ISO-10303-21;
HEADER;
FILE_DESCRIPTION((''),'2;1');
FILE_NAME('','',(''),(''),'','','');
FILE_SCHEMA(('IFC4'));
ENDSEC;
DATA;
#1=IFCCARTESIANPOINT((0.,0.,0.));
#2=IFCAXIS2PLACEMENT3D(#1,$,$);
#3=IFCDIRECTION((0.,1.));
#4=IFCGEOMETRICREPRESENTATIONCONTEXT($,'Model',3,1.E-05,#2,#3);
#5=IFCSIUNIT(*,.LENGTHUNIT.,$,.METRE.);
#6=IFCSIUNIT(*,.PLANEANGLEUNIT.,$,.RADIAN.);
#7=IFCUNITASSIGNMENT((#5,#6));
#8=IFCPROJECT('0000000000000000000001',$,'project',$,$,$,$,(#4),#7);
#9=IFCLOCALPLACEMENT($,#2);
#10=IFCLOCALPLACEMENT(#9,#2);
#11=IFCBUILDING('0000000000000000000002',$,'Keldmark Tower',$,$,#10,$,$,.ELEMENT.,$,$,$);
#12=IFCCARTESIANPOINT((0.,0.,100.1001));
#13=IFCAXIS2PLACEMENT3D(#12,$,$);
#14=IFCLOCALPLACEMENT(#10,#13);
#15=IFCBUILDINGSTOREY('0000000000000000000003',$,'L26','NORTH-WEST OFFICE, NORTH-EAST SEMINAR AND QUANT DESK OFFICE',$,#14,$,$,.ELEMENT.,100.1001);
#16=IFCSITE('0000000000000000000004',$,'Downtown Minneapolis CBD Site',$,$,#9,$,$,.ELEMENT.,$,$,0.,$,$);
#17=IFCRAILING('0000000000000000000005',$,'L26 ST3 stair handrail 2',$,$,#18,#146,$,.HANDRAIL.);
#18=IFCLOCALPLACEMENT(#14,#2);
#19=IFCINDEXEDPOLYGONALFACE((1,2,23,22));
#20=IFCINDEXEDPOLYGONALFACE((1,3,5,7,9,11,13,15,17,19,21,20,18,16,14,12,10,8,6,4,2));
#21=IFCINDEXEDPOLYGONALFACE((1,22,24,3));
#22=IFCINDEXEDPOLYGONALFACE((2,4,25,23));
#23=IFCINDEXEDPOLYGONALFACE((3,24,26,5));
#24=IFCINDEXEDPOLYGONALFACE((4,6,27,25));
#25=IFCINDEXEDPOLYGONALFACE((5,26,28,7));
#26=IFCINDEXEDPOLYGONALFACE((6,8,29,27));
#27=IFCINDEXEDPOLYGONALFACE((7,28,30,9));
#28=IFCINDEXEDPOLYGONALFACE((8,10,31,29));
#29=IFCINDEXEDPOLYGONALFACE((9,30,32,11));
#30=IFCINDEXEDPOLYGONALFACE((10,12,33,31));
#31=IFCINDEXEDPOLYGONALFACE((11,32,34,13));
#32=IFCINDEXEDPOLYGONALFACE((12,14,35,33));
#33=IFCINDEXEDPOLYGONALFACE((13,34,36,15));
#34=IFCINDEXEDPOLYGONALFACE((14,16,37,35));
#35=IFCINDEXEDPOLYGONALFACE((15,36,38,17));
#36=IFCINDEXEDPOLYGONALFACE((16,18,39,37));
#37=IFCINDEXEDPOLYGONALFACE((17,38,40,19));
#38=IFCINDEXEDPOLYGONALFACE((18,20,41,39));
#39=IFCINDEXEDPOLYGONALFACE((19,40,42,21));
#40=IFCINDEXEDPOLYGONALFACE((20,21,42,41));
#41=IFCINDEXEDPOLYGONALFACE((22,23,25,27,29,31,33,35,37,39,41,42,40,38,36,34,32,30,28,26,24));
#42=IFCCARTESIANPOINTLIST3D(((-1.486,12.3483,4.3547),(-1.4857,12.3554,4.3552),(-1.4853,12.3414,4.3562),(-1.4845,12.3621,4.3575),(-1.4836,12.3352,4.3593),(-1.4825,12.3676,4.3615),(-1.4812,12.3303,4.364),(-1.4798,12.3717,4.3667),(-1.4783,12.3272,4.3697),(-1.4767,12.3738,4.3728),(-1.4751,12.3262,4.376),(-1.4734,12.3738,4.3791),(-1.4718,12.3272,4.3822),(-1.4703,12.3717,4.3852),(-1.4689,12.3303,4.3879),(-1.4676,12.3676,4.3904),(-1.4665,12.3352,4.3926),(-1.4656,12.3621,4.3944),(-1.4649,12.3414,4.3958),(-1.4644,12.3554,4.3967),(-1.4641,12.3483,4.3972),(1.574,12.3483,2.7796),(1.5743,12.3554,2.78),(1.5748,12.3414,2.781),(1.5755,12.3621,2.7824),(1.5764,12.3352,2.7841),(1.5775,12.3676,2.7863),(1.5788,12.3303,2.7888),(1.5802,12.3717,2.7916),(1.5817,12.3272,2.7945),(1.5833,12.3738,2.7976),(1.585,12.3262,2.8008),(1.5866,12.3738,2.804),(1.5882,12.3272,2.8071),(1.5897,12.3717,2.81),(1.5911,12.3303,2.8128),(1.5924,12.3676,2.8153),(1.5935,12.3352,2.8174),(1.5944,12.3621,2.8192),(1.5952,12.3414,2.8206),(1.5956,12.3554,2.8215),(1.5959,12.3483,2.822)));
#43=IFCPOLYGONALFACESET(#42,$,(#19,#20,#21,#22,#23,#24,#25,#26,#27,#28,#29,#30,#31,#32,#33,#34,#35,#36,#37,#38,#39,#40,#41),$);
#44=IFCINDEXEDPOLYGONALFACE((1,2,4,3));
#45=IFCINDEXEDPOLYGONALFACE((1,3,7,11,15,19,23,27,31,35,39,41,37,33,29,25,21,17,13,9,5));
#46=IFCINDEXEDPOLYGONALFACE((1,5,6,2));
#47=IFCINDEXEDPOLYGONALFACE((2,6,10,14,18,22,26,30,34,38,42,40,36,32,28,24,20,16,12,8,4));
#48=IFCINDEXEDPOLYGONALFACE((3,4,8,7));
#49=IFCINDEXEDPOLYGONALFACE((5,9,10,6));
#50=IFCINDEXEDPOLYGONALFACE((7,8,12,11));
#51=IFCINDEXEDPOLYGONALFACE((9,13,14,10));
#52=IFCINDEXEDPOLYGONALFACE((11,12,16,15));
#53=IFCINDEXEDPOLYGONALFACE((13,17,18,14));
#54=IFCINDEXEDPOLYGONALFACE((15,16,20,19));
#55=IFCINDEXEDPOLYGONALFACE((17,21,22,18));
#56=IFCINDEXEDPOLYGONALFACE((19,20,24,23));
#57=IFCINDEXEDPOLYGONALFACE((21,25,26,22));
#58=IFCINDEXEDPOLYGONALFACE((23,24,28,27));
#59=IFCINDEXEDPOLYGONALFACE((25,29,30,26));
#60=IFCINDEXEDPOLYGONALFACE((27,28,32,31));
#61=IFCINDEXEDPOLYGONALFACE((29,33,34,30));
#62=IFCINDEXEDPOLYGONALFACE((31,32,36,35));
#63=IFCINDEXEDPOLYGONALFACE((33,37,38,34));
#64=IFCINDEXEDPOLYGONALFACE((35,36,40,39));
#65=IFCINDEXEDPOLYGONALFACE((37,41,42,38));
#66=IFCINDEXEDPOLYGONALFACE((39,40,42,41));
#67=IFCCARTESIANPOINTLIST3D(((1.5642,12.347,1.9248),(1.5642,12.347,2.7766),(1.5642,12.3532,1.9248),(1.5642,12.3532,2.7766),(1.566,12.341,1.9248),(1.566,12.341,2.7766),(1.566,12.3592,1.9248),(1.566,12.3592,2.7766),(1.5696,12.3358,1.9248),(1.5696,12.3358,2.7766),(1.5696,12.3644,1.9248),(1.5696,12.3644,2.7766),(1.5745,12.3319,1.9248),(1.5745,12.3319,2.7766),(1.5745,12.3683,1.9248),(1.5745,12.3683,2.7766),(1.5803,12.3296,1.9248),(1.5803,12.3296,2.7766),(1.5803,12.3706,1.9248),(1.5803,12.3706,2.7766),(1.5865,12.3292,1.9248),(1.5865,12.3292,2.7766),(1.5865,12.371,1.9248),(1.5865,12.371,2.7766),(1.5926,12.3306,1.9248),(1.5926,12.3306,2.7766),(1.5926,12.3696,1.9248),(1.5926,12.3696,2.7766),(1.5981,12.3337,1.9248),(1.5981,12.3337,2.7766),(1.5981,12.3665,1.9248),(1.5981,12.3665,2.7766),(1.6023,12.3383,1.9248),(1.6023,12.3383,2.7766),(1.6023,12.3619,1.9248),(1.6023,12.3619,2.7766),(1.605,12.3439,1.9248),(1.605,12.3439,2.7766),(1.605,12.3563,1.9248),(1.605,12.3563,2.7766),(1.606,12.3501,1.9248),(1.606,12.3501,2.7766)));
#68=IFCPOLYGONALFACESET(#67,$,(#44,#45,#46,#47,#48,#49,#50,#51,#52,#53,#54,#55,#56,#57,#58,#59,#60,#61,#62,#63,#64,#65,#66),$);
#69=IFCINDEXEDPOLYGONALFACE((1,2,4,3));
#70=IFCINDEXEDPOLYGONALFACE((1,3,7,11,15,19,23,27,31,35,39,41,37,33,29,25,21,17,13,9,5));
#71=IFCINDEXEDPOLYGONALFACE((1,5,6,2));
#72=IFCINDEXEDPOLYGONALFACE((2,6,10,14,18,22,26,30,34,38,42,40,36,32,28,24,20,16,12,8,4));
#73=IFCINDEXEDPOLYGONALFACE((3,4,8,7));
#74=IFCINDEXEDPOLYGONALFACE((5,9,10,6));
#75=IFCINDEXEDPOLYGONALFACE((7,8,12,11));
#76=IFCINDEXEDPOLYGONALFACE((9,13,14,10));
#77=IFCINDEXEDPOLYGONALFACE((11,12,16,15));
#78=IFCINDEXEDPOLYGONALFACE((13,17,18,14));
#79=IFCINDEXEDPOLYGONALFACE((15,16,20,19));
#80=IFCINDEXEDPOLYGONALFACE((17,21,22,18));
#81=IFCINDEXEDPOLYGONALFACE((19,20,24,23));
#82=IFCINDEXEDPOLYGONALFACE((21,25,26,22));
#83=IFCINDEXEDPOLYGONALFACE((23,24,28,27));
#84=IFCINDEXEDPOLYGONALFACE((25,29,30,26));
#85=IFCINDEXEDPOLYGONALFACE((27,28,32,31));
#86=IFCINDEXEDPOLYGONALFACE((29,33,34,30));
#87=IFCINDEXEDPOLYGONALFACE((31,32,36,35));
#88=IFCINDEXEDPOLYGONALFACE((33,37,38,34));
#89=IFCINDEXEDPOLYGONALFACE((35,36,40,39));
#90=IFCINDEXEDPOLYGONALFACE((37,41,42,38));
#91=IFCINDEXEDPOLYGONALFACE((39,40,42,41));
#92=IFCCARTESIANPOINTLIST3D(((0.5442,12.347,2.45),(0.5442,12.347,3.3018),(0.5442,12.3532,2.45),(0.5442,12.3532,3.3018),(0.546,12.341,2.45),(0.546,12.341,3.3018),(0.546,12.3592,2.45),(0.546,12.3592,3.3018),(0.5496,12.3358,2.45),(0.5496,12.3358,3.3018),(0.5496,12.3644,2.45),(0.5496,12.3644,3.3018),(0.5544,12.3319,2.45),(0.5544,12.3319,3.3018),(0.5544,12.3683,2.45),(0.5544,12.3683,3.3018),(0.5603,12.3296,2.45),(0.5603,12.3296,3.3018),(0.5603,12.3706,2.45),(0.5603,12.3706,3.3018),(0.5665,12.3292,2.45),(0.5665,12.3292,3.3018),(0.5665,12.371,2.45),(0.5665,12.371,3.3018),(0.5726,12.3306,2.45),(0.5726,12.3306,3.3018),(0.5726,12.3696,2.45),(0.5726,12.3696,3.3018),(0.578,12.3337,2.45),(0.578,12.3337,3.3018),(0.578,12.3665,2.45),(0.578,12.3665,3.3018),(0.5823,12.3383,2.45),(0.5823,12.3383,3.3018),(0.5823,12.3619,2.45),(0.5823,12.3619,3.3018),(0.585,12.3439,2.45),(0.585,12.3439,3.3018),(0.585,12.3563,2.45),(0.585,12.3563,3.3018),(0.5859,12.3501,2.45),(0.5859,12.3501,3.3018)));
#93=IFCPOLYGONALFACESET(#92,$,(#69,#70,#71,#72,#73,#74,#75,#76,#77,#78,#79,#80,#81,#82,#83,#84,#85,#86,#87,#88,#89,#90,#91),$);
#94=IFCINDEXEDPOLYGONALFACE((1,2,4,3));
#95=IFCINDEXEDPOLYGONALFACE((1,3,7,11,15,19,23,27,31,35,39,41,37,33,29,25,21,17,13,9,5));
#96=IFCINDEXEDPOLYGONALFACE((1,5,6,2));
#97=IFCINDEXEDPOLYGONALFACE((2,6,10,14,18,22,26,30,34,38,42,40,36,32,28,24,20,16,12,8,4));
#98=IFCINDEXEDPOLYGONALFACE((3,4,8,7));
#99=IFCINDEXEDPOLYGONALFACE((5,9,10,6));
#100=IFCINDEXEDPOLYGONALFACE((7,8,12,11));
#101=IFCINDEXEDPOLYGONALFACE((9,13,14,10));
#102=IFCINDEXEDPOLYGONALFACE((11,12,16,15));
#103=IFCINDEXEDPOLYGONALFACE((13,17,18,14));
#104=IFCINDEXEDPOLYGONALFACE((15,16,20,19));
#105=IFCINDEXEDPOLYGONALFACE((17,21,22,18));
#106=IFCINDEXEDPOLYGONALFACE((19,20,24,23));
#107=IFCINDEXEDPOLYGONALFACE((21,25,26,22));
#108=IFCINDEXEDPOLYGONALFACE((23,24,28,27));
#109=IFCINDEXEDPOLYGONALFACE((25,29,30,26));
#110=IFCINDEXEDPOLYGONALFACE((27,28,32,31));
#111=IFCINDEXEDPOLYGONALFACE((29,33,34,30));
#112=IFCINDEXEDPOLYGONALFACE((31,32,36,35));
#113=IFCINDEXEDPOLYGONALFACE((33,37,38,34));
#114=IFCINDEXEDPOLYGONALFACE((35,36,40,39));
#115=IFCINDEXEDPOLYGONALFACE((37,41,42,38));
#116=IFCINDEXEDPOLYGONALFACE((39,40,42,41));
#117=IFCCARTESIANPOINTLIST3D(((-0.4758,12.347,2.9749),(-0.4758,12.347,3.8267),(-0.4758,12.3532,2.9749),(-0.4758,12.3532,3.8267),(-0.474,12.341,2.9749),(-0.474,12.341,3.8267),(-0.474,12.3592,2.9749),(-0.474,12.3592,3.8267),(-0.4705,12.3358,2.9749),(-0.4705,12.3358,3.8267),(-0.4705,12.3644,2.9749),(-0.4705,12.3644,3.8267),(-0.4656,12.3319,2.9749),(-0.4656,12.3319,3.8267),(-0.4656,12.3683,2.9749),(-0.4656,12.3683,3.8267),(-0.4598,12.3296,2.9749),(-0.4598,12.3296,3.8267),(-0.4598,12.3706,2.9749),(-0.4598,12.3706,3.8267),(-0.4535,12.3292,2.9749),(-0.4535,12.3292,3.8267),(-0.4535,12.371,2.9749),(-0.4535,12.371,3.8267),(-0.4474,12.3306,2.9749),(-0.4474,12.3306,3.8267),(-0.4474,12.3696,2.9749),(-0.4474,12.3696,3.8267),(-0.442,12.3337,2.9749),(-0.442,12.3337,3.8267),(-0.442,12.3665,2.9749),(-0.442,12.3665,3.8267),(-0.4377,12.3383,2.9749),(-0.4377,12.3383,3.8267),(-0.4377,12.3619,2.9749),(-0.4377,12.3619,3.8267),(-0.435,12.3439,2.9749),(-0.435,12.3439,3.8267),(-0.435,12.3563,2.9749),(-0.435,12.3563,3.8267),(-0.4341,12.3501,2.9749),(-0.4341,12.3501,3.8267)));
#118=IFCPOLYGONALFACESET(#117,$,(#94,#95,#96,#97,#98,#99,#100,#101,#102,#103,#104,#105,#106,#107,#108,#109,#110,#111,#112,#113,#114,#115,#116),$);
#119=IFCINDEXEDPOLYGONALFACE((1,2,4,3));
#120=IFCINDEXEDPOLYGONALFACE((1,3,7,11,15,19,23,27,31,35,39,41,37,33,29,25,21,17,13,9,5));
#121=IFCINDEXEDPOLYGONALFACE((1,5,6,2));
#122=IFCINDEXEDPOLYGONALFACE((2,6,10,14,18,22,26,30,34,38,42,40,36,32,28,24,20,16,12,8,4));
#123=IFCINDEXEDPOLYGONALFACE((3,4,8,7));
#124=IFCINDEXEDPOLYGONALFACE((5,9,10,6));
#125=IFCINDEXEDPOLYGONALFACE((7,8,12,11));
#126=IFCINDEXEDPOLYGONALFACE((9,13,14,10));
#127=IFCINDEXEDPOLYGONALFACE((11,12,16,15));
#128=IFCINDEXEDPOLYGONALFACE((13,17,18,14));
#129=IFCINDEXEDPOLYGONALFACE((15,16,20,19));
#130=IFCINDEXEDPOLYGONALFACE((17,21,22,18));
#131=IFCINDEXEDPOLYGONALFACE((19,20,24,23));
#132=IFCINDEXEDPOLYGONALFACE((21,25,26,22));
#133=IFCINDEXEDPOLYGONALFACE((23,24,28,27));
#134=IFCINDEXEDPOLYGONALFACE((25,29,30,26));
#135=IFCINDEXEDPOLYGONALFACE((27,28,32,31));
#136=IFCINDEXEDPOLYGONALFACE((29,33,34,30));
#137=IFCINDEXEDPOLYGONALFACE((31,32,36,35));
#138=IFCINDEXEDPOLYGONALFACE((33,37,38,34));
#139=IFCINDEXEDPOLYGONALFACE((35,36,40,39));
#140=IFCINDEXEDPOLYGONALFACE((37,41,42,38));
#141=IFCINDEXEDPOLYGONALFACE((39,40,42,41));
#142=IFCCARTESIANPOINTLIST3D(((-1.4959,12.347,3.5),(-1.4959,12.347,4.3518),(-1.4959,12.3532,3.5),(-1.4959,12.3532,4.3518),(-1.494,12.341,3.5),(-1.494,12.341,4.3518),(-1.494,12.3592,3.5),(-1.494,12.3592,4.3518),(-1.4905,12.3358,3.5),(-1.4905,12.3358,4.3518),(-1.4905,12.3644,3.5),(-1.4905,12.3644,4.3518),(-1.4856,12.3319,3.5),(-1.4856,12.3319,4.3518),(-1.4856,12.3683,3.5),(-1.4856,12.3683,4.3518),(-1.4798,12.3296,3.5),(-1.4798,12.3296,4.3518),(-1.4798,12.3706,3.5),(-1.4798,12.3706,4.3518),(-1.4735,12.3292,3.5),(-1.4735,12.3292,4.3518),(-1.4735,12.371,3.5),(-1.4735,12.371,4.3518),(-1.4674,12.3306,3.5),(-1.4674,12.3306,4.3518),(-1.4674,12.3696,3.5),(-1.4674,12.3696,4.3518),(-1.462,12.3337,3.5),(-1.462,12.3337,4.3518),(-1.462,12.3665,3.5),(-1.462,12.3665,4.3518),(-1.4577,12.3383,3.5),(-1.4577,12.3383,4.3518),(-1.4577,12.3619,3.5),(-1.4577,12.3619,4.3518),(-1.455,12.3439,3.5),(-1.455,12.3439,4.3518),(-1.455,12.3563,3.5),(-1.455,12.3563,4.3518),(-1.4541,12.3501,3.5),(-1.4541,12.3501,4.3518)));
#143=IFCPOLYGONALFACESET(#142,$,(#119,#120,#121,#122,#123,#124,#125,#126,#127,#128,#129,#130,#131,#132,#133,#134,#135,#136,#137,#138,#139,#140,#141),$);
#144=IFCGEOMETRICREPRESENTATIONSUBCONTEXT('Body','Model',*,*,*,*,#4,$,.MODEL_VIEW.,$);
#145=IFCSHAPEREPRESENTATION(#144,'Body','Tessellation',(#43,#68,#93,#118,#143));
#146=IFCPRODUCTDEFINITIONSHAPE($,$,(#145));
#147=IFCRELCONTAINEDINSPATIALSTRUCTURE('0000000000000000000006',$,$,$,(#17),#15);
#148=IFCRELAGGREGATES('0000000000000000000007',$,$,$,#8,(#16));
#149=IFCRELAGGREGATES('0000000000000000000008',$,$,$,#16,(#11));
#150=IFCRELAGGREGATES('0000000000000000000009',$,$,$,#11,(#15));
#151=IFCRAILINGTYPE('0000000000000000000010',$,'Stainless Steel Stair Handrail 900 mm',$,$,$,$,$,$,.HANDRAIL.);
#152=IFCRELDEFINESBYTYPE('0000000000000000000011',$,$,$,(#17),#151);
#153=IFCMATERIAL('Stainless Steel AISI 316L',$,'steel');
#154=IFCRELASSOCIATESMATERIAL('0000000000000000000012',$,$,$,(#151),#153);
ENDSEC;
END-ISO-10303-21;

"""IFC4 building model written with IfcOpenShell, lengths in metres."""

from ifc_helpers import new_model, si_unit, direction, frame, origin, origin_2d, place, context, subcontext, project, spatial, circle, extrude, material, type_object, element, save


model = new_model("IFC4")

# Units and contexts
model_context = context("Model", 3, precision=1e-05, world=origin(), true_north=direction((0.0, 1.0)))
body_context = subcontext(model_context, "Body", "Model", "MODEL_VIEW")
ifc_project = project(units=[si_unit("LENGTHUNIT", "METRE"), si_unit("PLANEANGLEUNIT", "RADIAN")], contexts=[model_context])

# Site, building, storey
site_placement = place(None, origin())
site = spatial("IfcSite", under=ifc_project, at=site_placement, Name="Downtown Minneapolis CBD Site", CompositionType="ELEMENT", RefElevation=0.0)
building_placement = place(site_placement, origin())
building = spatial("IfcBuilding", under=site, at=building_placement, Name="Keldmark Tower", CompositionType="ELEMENT")
storey_placement = place(building_placement, frame((0.0, 0.0, 100.1001)))
storey = spatial("IfcBuildingStorey", under=building, at=storey_placement, Name="L26", Description="NORTH-WEST OFFICE, NORTH-EAST SEMINAR AND QUANT DESK OFFICE", CompositionType="ELEMENT", Elevation=100.1001)

# Railing
ifc_material_1 = material(Name="Stainless Steel AISI 316L", Category="steel")
railing_type_1 = type_object("IfcRailingType", Name="Stainless Steel Stair Handrail 900 mm", PredefinedType="HANDRAIL", material=ifc_material_1)
railing_1_placement = place(storey_placement, frame((1.585, 12.3501, 1.9248)))
element("IfcRailing", 1, at=railing_1_placement, inside=storey, type_object=railing_type_1, Name="L26 ST3 stair handrail 2", PredefinedType="HANDRAIL", context=body_context, shape_type="SweptSolid", body=[
    extrude(circle(Radius=0.0239, at=origin_2d()), frame((0.0, 0.0, 0.876), z_axis=(-0.889116, 0.0, 0.457681), x_axis=(0.0, -1.0, 0.0)), (0.0, 0.0, 1.0), 3.4417),
    extrude(circle(Radius=0.021, at=origin_2d()), origin(), (0.0, 0.0, 1.0), 0.8518),
    extrude(circle(Radius=0.021, at=origin_2d()), frame((-1.02, 0.0, 0.5251)), (0.0, 0.0, 1.0), 0.8518),
    extrude(circle(Radius=0.021, at=origin_2d()), frame((-2.04, 0.0, 1.05)), (0.0, 0.0, 1.0), 0.8518),
    extrude(circle(Radius=0.021, at=origin_2d()), frame((-3.0601, 0.0, 1.5752)), (0.0, 0.0, 1.0), 0.8518),
])

save(model, "model.ifc")
